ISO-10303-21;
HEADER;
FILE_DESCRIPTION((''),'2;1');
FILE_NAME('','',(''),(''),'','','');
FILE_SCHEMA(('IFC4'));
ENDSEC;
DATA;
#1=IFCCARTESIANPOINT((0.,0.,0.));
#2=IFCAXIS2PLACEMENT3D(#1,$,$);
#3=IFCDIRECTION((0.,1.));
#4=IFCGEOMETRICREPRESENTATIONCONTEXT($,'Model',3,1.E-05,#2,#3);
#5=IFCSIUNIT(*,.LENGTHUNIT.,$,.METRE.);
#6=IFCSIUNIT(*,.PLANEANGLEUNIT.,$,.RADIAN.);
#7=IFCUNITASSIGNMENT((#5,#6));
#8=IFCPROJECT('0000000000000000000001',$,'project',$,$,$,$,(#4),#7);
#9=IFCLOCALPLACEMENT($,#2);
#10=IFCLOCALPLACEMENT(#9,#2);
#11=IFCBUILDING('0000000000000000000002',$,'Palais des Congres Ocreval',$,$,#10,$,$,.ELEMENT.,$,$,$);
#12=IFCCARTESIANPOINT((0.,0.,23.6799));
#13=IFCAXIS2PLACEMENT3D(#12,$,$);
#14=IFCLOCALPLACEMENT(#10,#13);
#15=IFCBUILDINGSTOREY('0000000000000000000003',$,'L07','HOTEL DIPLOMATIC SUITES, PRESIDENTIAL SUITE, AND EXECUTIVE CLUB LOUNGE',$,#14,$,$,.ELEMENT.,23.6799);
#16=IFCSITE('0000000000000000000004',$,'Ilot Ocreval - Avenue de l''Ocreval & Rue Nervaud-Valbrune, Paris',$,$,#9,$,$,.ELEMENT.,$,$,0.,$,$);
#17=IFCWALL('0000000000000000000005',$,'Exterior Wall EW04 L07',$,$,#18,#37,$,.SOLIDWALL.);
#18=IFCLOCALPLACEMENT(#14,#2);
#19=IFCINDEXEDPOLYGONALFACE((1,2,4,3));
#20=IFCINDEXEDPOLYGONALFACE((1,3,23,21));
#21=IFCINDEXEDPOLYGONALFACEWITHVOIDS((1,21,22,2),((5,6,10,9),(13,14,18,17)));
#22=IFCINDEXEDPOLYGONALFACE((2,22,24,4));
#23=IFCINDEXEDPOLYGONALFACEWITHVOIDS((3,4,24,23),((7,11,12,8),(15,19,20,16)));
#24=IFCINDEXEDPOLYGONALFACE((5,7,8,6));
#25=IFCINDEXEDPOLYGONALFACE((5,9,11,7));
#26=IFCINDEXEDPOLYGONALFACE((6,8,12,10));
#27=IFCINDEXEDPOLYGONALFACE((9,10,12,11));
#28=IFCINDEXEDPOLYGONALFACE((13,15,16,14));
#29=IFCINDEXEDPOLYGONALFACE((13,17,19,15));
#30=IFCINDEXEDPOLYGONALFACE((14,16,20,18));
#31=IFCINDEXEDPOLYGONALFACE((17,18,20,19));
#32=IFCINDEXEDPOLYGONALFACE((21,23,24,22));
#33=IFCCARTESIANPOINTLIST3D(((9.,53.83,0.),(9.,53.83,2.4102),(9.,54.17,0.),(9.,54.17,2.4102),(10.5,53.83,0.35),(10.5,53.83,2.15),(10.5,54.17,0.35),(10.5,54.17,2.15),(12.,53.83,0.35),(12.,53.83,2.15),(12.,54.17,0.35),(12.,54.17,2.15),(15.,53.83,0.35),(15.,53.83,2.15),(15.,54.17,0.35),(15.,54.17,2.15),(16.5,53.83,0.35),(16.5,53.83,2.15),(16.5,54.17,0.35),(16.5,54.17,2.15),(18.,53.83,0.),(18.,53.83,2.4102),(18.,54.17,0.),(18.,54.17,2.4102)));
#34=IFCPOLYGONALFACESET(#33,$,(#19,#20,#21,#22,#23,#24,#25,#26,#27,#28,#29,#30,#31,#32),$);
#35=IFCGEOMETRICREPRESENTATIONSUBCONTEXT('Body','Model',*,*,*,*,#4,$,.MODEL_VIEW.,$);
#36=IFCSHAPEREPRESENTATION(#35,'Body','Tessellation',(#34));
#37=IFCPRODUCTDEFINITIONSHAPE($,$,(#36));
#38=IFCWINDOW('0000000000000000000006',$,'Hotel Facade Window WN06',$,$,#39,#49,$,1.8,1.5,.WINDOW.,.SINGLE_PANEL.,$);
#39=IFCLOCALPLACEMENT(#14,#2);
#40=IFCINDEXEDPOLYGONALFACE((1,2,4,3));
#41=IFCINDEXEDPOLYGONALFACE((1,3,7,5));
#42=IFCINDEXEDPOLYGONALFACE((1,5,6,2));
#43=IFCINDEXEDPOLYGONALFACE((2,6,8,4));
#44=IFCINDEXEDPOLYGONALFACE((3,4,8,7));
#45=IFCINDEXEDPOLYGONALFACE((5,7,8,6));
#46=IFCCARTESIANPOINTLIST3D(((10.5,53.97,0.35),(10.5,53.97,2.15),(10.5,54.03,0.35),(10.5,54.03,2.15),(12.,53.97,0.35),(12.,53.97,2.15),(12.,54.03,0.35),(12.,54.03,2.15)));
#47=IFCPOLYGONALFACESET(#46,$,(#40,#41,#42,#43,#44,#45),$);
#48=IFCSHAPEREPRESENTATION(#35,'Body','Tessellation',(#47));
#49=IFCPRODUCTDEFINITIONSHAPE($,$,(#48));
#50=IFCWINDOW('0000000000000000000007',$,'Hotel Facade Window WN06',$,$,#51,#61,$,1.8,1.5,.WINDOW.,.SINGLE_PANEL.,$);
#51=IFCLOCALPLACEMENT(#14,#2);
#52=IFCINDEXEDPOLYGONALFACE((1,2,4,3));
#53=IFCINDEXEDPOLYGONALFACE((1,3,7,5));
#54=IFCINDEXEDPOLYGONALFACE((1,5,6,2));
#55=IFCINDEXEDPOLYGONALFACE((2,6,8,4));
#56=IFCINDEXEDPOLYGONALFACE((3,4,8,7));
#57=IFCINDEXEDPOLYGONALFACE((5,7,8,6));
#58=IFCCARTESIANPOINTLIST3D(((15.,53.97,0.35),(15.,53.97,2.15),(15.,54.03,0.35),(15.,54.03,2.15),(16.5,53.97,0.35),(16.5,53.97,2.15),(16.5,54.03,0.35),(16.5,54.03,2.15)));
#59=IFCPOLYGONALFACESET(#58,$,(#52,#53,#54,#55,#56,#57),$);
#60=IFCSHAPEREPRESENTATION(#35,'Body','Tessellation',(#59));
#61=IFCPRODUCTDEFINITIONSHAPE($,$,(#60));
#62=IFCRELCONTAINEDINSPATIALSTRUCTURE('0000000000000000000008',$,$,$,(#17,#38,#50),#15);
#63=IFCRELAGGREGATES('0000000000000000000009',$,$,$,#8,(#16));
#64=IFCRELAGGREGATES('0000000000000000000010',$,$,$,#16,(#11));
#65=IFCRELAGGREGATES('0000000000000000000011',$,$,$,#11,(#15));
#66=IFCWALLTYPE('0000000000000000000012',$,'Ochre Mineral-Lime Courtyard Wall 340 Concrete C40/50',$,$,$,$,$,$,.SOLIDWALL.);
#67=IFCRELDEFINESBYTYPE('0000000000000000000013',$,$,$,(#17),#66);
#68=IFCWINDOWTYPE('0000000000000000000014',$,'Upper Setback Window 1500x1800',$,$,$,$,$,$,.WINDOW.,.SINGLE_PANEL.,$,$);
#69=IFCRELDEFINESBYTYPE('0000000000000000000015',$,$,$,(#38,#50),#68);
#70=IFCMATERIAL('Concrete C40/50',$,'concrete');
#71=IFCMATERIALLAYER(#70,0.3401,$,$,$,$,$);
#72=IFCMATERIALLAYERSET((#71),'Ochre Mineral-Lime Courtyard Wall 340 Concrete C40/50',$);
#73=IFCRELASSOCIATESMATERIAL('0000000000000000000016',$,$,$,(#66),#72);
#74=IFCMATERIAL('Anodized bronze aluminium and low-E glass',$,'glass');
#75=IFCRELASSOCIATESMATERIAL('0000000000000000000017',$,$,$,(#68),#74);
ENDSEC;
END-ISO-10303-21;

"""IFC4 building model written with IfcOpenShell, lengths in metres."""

from ifc_helpers import new_model, si_unit, direction, frame, frame_2d, origin, place, context, subcontext, project, spatial, rectangle, extrude, material, layer, layer_set, type_object, element, fill, save


model = new_model("IFC4")

# Units and contexts
model_context = context("Model", 3, precision=1e-05, world=origin(), true_north=direction((0.0, 1.0)))
body_context = subcontext(model_context, "Body", "Model", "MODEL_VIEW")
ifc_project = project(units=[si_unit("LENGTHUNIT", "METRE"), si_unit("PLANEANGLEUNIT", "RADIAN")], contexts=[model_context])

# Site, building, storey
site_placement = place(None, origin())
site = spatial("IfcSite", under=ifc_project, at=site_placement, Name="Ilot Ocreval - Avenue de l'Ocreval & Rue Nervaud-Valbrune, Paris", CompositionType="ELEMENT", RefElevation=0.0)
building_placement = place(site_placement, origin())
building = spatial("IfcBuilding", under=site, at=building_placement, Name="Palais des Congres Ocreval", CompositionType="ELEMENT")
storey_placement = place(building_placement, frame((0.0, 0.0, 23.6799)))
storey = spatial("IfcBuildingStorey", under=building, at=storey_placement, Name="L07", Description="HOTEL DIPLOMATIC SUITES, PRESIDENTIAL SUITE, AND EXECUTIVE CLUB LOUNGE", CompositionType="ELEMENT", Elevation=23.6799)

# Shared definitions
ifc_material_1 = material(Name="Anodized bronze aluminium and low-E glass", Category="glass")

# Shared definitions
ifc_material_2 = material(Name="Concrete C40/50", Category="concrete")
ifc_layer_1 = layer(ifc_material_2, 0.3401)
ifc_layer_set_1 = layer_set([ifc_layer_1], Name="Ochre Mineral-Lime Courtyard Wall 340 Concrete C40/50")
wall_type = type_object("IfcWallType", Name="Ochre Mineral-Lime Courtyard Wall 340 Concrete C40/50", PredefinedType="SOLIDWALL", material=ifc_layer_set_1)

# Wall, openings, windows
wall_1_placement = place(storey_placement, frame((9.0, 54.0, 0.0), z_axis=(0.0, 0.0, 1.0), x_axis=(1.0, 0.0, 0.0)))
wall_1 = element("IfcWall", 1, at=wall_1_placement, inside=storey, type_object=wall_type, Name="Exterior Wall EW04 L07", PredefinedType="SOLIDWALL", context=body_context, shape_type="SweptSolid", body=[
    extrude(rectangle(XDim=9.0, YDim=0.3401, at=frame_2d((4.5, 0.0))), origin(), (0.0, 0.0, 1.0), 2.4102),
])
opening_1_placement = place(wall_1_placement, frame((1.5, 0.0, 0.3501)))
opening_1 = element("IfcOpeningElement", 2, at=opening_1_placement, cuts=wall_1, PredefinedType="OPENING", context=body_context, shape_type="SweptSolid", body=[
    extrude(rectangle(XDim=1.5, YDim=1.8, at=frame_2d((0.75, 0.8999))), frame((0.0, 0.1799, 0.0), z_axis=(0.0, -1.0, 0.0), x_axis=(1.0, 0.0, 0.0)), (0.0, 0.0, 1.0), 0.3601),
])
opening_2_placement = place(wall_1_placement, frame((6.0, 0.0, 0.3501)))
opening_2 = element("IfcOpeningElement", 3, at=opening_2_placement, cuts=wall_1, PredefinedType="OPENING", context=body_context, shape_type="SweptSolid", body=[
    extrude(rectangle(XDim=1.5, YDim=1.8, at=frame_2d((0.75, 0.8999))), frame((0.0, 0.1799, 0.0), z_axis=(0.0, -1.0, 0.0), x_axis=(1.0, 0.0, 0.0)), (0.0, 0.0, 1.0), 0.3601),
])
window_type = type_object("IfcWindowType", Name="Upper Setback Window 1500x1800", PartitioningType="SINGLE_PANEL", PredefinedType="WINDOW", material=ifc_material_1)
window_1_placement = place(opening_1_placement, origin())
window_1 = element("IfcWindow", 4, at=window_1_placement, inside=storey, type_object=window_type, Name="Hotel Facade Window WN06", OverallHeight=1.8, OverallWidth=1.5, PartitioningType="SINGLE_PANEL", PredefinedType="WINDOW", context=body_context, shape_type="SweptSolid", body=[
    extrude(rectangle(XDim=1.5, YDim=1.8, at=frame_2d((0.75, 0.8999))), frame((0.0, 0.03, 0.0), z_axis=(0.0, -1.0, 0.0), x_axis=(1.0, 0.0, 0.0)), (0.0, 0.0, 1.0), 0.0601),
])
fill(opening_1, window_1)
window_2_placement = place(opening_2_placement, origin())
window_2 = element("IfcWindow", 5, at=window_2_placement, inside=storey, type_object=window_type, Name="Hotel Facade Window WN06", OverallHeight=1.8, OverallWidth=1.5, PartitioningType="SINGLE_PANEL", PredefinedType="WINDOW", context=body_context, shape_type="SweptSolid", body=[
    extrude(rectangle(XDim=1.5, YDim=1.8, at=frame_2d((0.75, 0.8999))), frame((0.0, 0.03, 0.0), z_axis=(0.0, -1.0, 0.0), x_axis=(1.0, 0.0, 0.0)), (0.0, 0.0, 1.0), 0.0601),
])
fill(opening_2, window_2)

save(model, "model.ifc")
